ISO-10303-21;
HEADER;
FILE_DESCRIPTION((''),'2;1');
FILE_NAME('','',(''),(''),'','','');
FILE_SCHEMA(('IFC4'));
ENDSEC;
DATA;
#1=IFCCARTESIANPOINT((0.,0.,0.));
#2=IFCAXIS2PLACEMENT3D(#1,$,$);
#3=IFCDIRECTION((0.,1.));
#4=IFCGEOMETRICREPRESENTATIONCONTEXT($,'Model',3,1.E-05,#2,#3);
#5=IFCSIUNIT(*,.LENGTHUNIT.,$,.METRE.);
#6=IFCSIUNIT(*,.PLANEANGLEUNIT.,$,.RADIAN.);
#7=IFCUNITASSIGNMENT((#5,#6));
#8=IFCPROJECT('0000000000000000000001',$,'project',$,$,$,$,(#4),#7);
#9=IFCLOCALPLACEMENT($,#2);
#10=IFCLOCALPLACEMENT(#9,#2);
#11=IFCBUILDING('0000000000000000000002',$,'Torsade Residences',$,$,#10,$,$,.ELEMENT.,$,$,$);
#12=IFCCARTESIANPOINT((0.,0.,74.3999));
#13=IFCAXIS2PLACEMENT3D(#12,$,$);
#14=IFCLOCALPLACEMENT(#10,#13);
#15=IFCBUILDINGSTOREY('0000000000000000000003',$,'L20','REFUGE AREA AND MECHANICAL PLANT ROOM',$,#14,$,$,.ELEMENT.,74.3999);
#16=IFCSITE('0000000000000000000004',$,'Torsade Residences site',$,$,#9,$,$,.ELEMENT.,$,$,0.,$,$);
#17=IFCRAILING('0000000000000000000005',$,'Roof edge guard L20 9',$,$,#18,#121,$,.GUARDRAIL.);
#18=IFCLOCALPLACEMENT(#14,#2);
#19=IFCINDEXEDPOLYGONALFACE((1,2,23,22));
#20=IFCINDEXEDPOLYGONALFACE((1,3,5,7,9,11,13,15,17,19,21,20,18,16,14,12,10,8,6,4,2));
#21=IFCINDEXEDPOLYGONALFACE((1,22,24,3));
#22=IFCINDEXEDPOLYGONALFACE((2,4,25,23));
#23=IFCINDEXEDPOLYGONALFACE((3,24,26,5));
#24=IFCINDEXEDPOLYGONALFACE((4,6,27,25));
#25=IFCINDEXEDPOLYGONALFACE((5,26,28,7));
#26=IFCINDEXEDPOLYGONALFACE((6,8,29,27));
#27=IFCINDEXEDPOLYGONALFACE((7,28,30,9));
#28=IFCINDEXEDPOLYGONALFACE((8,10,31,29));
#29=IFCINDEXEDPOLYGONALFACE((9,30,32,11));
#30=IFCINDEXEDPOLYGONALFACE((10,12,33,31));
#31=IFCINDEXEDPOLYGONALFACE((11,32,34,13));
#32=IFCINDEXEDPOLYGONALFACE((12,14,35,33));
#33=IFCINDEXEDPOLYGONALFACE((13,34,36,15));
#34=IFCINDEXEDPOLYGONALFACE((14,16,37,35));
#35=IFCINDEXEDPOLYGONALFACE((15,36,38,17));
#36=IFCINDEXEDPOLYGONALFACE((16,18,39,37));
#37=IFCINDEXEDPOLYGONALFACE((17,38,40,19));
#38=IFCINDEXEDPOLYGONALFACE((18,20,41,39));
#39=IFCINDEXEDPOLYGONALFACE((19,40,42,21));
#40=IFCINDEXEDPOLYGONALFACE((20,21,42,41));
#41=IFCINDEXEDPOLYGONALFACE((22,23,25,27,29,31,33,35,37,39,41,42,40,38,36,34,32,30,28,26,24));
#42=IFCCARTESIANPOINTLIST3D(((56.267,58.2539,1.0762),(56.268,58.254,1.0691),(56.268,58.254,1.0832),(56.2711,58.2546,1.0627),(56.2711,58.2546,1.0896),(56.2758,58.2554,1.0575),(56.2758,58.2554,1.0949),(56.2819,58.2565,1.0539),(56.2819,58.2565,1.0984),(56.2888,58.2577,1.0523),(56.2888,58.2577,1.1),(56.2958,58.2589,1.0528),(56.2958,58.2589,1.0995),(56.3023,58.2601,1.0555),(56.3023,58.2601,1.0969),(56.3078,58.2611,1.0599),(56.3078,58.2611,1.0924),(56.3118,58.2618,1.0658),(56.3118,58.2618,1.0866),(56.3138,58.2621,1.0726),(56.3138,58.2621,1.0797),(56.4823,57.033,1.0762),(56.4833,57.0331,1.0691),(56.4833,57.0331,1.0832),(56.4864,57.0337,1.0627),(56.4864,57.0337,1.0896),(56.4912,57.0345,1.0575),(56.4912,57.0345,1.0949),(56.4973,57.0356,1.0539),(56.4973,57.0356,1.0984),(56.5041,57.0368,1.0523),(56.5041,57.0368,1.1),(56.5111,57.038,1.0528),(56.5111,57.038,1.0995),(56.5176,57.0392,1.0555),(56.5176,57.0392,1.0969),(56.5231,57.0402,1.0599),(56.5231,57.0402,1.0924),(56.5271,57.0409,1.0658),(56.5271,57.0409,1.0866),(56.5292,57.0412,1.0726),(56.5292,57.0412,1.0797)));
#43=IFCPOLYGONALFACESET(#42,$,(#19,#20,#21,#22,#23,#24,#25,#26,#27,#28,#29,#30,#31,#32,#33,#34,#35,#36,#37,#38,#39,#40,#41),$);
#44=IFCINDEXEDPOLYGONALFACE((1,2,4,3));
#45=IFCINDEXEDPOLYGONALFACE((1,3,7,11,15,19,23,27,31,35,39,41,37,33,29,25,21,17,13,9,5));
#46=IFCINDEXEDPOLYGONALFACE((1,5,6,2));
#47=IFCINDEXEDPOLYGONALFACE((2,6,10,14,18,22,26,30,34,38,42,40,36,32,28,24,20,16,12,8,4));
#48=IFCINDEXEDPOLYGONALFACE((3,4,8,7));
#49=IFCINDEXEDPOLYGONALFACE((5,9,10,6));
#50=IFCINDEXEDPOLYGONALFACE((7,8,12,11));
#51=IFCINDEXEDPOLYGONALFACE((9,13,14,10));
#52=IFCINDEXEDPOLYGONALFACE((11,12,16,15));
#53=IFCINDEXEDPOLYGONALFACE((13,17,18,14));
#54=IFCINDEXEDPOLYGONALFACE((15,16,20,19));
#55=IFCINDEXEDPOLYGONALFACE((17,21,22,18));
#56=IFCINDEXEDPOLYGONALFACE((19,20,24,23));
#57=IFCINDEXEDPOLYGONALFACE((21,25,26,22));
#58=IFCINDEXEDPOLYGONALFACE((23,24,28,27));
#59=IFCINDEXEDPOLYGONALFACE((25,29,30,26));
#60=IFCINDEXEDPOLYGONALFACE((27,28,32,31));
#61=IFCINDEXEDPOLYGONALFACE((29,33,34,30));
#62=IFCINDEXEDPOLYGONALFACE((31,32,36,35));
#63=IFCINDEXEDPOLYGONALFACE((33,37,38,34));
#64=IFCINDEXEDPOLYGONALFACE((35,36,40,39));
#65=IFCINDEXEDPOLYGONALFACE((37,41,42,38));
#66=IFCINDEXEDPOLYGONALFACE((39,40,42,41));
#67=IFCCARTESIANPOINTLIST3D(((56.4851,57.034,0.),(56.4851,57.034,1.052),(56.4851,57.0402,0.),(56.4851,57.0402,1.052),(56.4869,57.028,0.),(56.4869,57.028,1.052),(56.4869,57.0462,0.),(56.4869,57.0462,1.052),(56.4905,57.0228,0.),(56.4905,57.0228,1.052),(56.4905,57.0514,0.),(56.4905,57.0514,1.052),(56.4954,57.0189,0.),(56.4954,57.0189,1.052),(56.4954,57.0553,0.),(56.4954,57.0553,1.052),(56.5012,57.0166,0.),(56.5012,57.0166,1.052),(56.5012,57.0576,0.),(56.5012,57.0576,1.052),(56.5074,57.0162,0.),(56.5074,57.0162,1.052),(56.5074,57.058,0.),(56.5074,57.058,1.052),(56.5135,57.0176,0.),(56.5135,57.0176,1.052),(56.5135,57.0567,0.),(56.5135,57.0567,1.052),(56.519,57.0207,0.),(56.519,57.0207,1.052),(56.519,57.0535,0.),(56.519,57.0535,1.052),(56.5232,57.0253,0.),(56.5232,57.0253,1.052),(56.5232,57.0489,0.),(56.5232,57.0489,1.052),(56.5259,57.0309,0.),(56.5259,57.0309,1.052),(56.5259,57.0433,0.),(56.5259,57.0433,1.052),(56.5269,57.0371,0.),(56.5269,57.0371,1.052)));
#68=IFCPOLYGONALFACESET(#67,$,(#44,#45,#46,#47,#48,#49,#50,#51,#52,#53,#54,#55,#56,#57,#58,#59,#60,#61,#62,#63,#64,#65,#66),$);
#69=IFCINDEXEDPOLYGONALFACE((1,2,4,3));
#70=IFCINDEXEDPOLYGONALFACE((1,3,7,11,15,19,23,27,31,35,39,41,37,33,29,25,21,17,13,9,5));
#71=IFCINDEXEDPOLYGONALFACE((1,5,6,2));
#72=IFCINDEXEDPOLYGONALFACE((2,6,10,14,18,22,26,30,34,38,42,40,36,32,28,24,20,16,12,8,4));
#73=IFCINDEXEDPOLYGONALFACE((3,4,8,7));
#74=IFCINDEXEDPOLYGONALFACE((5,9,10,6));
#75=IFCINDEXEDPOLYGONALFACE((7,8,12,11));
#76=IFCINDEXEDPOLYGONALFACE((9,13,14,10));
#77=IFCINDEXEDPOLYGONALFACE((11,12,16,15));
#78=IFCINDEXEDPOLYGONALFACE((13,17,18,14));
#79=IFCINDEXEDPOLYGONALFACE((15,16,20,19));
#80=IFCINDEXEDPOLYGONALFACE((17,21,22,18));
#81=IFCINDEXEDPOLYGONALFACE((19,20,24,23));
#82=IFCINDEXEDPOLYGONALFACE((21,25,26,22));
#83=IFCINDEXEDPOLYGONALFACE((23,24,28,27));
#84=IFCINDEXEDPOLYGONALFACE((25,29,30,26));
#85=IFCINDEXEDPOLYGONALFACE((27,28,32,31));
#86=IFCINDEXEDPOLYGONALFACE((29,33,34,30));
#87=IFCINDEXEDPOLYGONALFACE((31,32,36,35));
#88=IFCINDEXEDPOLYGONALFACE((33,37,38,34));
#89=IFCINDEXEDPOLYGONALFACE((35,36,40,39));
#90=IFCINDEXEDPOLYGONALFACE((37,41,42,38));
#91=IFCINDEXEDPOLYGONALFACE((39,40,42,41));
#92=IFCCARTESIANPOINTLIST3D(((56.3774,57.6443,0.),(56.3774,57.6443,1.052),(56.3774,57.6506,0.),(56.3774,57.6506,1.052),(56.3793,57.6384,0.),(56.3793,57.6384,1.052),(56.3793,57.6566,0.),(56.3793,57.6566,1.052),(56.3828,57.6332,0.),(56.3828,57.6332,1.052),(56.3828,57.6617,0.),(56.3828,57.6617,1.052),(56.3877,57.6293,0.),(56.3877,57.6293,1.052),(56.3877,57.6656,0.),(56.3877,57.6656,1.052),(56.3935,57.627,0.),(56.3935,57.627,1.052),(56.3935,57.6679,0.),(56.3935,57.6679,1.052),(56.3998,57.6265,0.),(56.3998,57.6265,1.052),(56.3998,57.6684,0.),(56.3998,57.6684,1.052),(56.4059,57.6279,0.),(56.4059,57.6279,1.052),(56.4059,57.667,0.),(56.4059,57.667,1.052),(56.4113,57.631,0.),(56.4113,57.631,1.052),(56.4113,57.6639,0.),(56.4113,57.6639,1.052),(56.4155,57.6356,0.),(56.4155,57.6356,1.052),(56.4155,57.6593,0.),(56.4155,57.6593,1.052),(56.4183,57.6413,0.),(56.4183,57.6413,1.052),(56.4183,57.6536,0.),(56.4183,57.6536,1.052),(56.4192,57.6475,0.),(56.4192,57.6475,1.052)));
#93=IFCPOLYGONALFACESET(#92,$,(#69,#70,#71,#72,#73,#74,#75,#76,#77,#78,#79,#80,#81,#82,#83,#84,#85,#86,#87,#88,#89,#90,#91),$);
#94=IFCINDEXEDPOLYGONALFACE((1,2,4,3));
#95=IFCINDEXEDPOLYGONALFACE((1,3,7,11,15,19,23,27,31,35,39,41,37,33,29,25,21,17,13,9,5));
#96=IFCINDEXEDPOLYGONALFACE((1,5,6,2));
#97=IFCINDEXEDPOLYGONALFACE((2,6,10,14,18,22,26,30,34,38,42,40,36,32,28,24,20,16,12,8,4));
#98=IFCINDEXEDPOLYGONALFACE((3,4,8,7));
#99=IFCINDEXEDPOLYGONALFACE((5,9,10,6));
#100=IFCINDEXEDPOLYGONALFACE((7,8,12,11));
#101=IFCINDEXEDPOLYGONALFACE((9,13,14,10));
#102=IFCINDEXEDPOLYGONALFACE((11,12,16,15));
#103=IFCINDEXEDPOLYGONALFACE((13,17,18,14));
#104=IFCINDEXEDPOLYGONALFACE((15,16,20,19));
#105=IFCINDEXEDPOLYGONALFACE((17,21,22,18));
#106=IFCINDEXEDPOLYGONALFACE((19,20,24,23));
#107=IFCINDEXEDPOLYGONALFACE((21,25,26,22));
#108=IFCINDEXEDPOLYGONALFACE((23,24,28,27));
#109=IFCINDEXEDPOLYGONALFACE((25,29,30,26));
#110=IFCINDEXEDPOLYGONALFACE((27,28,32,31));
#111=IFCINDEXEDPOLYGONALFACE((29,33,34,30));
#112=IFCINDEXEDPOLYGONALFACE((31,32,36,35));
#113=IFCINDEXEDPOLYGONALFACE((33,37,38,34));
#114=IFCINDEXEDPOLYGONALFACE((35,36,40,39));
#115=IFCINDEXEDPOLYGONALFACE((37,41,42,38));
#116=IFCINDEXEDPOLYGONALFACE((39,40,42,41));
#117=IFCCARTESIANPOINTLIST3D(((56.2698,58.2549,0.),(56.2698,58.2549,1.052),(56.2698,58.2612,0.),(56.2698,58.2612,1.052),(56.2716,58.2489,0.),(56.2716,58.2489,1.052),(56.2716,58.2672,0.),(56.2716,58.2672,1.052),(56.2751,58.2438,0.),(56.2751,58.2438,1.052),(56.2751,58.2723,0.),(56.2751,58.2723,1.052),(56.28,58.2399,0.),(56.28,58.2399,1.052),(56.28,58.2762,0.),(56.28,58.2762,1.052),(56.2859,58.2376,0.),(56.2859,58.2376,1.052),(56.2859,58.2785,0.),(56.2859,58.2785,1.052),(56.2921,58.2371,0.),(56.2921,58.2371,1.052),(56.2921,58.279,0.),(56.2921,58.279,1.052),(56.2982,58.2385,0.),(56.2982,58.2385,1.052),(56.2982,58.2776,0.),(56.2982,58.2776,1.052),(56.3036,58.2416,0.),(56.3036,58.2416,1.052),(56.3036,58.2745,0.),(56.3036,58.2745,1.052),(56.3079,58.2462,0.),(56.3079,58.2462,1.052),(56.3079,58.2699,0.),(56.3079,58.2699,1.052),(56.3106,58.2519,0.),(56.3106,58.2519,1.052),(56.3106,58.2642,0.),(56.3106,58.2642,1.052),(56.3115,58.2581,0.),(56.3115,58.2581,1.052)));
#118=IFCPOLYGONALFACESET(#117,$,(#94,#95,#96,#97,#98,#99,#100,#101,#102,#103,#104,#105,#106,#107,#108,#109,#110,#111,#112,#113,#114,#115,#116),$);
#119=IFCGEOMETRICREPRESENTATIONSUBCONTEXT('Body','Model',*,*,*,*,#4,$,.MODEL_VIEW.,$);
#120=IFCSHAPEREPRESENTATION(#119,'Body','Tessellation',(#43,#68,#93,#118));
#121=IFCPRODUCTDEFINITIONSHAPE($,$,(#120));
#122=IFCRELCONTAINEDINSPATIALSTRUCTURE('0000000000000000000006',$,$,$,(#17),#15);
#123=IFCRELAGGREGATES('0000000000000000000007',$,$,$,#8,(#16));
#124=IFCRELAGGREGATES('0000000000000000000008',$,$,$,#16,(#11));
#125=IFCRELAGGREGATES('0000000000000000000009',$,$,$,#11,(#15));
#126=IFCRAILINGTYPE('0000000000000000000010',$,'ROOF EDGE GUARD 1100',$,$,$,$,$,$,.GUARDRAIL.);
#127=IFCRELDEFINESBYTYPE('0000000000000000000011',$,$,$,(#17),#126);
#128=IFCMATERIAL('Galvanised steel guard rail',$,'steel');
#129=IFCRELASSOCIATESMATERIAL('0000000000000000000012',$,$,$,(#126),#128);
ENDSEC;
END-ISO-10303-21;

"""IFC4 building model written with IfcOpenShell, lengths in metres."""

from ifc_helpers import new_model, si_unit, direction, frame, origin, origin_2d, place, context, subcontext, project, spatial, circle, extrude, material, type_object, element, save


model = new_model("IFC4")

# Units and contexts
model_context = context("Model", 3, precision=1e-05, world=origin(), true_north=direction((0.0, 1.0)))
body_context = subcontext(model_context, "Body", "Model", "MODEL_VIEW")
ifc_project = project(units=[si_unit("LENGTHUNIT", "METRE"), si_unit("PLANEANGLEUNIT", "RADIAN")], contexts=[model_context])

# Site, building, storey
site_placement = place(None, origin())
site = spatial("IfcSite", under=ifc_project, at=site_placement, Name="Torsade Residences site", CompositionType="ELEMENT", RefElevation=0.0)
building_placement = place(site_placement, origin())
building = spatial("IfcBuilding", under=site, at=building_placement, Name="Torsade Residences", CompositionType="ELEMENT")
storey_placement = place(building_placement, frame((0.0, 0.0, 74.3999)))
storey = spatial("IfcBuildingStorey", under=building, at=storey_placement, Name="L20", Description="REFUGE AREA AND MECHANICAL PLANT ROOM", CompositionType="ELEMENT", Elevation=74.3999)

# Railing
ifc_material_1 = material(Name="Galvanised steel guard rail", Category="steel")
railing_type = type_object("IfcRailingType", Name="ROOF EDGE GUARD 1100", PredefinedType="GUARDRAIL", material=ifc_material_1)
railing_1_placement = place(storey_placement, frame((56.5059, 57.0371, 0.0)))
element("IfcRailing", 1, at=railing_1_placement, inside=storey, type_object=railing_type, Name="Roof edge guard L20 9", PredefinedType="GUARDRAIL", context=body_context, shape_type="SweptSolid", body=[
    extrude(circle(Radius=0.0239, at=origin_2d()), frame((0.0, 0.0, 1.0762), z_axis=(-0.173684, 0.984801, 0.0), x_axis=(-0.984801, -0.173684, 0.0)), (0.0, 0.0, 1.0), 1.2397),
    extrude(circle(Radius=0.021, at=origin_2d()), origin(), (0.0, 0.0, 1.0), 1.052),
    extrude(circle(Radius=0.021, at=origin_2d()), frame((-0.1077, 0.6104, 0.0)), (0.0, 0.0, 1.0), 1.052),
    extrude(circle(Radius=0.021, at=origin_2d()), frame((-0.2153, 1.2209, 0.0)), (0.0, 0.0, 1.0), 1.052),
])

save(model, "model.ifc")
